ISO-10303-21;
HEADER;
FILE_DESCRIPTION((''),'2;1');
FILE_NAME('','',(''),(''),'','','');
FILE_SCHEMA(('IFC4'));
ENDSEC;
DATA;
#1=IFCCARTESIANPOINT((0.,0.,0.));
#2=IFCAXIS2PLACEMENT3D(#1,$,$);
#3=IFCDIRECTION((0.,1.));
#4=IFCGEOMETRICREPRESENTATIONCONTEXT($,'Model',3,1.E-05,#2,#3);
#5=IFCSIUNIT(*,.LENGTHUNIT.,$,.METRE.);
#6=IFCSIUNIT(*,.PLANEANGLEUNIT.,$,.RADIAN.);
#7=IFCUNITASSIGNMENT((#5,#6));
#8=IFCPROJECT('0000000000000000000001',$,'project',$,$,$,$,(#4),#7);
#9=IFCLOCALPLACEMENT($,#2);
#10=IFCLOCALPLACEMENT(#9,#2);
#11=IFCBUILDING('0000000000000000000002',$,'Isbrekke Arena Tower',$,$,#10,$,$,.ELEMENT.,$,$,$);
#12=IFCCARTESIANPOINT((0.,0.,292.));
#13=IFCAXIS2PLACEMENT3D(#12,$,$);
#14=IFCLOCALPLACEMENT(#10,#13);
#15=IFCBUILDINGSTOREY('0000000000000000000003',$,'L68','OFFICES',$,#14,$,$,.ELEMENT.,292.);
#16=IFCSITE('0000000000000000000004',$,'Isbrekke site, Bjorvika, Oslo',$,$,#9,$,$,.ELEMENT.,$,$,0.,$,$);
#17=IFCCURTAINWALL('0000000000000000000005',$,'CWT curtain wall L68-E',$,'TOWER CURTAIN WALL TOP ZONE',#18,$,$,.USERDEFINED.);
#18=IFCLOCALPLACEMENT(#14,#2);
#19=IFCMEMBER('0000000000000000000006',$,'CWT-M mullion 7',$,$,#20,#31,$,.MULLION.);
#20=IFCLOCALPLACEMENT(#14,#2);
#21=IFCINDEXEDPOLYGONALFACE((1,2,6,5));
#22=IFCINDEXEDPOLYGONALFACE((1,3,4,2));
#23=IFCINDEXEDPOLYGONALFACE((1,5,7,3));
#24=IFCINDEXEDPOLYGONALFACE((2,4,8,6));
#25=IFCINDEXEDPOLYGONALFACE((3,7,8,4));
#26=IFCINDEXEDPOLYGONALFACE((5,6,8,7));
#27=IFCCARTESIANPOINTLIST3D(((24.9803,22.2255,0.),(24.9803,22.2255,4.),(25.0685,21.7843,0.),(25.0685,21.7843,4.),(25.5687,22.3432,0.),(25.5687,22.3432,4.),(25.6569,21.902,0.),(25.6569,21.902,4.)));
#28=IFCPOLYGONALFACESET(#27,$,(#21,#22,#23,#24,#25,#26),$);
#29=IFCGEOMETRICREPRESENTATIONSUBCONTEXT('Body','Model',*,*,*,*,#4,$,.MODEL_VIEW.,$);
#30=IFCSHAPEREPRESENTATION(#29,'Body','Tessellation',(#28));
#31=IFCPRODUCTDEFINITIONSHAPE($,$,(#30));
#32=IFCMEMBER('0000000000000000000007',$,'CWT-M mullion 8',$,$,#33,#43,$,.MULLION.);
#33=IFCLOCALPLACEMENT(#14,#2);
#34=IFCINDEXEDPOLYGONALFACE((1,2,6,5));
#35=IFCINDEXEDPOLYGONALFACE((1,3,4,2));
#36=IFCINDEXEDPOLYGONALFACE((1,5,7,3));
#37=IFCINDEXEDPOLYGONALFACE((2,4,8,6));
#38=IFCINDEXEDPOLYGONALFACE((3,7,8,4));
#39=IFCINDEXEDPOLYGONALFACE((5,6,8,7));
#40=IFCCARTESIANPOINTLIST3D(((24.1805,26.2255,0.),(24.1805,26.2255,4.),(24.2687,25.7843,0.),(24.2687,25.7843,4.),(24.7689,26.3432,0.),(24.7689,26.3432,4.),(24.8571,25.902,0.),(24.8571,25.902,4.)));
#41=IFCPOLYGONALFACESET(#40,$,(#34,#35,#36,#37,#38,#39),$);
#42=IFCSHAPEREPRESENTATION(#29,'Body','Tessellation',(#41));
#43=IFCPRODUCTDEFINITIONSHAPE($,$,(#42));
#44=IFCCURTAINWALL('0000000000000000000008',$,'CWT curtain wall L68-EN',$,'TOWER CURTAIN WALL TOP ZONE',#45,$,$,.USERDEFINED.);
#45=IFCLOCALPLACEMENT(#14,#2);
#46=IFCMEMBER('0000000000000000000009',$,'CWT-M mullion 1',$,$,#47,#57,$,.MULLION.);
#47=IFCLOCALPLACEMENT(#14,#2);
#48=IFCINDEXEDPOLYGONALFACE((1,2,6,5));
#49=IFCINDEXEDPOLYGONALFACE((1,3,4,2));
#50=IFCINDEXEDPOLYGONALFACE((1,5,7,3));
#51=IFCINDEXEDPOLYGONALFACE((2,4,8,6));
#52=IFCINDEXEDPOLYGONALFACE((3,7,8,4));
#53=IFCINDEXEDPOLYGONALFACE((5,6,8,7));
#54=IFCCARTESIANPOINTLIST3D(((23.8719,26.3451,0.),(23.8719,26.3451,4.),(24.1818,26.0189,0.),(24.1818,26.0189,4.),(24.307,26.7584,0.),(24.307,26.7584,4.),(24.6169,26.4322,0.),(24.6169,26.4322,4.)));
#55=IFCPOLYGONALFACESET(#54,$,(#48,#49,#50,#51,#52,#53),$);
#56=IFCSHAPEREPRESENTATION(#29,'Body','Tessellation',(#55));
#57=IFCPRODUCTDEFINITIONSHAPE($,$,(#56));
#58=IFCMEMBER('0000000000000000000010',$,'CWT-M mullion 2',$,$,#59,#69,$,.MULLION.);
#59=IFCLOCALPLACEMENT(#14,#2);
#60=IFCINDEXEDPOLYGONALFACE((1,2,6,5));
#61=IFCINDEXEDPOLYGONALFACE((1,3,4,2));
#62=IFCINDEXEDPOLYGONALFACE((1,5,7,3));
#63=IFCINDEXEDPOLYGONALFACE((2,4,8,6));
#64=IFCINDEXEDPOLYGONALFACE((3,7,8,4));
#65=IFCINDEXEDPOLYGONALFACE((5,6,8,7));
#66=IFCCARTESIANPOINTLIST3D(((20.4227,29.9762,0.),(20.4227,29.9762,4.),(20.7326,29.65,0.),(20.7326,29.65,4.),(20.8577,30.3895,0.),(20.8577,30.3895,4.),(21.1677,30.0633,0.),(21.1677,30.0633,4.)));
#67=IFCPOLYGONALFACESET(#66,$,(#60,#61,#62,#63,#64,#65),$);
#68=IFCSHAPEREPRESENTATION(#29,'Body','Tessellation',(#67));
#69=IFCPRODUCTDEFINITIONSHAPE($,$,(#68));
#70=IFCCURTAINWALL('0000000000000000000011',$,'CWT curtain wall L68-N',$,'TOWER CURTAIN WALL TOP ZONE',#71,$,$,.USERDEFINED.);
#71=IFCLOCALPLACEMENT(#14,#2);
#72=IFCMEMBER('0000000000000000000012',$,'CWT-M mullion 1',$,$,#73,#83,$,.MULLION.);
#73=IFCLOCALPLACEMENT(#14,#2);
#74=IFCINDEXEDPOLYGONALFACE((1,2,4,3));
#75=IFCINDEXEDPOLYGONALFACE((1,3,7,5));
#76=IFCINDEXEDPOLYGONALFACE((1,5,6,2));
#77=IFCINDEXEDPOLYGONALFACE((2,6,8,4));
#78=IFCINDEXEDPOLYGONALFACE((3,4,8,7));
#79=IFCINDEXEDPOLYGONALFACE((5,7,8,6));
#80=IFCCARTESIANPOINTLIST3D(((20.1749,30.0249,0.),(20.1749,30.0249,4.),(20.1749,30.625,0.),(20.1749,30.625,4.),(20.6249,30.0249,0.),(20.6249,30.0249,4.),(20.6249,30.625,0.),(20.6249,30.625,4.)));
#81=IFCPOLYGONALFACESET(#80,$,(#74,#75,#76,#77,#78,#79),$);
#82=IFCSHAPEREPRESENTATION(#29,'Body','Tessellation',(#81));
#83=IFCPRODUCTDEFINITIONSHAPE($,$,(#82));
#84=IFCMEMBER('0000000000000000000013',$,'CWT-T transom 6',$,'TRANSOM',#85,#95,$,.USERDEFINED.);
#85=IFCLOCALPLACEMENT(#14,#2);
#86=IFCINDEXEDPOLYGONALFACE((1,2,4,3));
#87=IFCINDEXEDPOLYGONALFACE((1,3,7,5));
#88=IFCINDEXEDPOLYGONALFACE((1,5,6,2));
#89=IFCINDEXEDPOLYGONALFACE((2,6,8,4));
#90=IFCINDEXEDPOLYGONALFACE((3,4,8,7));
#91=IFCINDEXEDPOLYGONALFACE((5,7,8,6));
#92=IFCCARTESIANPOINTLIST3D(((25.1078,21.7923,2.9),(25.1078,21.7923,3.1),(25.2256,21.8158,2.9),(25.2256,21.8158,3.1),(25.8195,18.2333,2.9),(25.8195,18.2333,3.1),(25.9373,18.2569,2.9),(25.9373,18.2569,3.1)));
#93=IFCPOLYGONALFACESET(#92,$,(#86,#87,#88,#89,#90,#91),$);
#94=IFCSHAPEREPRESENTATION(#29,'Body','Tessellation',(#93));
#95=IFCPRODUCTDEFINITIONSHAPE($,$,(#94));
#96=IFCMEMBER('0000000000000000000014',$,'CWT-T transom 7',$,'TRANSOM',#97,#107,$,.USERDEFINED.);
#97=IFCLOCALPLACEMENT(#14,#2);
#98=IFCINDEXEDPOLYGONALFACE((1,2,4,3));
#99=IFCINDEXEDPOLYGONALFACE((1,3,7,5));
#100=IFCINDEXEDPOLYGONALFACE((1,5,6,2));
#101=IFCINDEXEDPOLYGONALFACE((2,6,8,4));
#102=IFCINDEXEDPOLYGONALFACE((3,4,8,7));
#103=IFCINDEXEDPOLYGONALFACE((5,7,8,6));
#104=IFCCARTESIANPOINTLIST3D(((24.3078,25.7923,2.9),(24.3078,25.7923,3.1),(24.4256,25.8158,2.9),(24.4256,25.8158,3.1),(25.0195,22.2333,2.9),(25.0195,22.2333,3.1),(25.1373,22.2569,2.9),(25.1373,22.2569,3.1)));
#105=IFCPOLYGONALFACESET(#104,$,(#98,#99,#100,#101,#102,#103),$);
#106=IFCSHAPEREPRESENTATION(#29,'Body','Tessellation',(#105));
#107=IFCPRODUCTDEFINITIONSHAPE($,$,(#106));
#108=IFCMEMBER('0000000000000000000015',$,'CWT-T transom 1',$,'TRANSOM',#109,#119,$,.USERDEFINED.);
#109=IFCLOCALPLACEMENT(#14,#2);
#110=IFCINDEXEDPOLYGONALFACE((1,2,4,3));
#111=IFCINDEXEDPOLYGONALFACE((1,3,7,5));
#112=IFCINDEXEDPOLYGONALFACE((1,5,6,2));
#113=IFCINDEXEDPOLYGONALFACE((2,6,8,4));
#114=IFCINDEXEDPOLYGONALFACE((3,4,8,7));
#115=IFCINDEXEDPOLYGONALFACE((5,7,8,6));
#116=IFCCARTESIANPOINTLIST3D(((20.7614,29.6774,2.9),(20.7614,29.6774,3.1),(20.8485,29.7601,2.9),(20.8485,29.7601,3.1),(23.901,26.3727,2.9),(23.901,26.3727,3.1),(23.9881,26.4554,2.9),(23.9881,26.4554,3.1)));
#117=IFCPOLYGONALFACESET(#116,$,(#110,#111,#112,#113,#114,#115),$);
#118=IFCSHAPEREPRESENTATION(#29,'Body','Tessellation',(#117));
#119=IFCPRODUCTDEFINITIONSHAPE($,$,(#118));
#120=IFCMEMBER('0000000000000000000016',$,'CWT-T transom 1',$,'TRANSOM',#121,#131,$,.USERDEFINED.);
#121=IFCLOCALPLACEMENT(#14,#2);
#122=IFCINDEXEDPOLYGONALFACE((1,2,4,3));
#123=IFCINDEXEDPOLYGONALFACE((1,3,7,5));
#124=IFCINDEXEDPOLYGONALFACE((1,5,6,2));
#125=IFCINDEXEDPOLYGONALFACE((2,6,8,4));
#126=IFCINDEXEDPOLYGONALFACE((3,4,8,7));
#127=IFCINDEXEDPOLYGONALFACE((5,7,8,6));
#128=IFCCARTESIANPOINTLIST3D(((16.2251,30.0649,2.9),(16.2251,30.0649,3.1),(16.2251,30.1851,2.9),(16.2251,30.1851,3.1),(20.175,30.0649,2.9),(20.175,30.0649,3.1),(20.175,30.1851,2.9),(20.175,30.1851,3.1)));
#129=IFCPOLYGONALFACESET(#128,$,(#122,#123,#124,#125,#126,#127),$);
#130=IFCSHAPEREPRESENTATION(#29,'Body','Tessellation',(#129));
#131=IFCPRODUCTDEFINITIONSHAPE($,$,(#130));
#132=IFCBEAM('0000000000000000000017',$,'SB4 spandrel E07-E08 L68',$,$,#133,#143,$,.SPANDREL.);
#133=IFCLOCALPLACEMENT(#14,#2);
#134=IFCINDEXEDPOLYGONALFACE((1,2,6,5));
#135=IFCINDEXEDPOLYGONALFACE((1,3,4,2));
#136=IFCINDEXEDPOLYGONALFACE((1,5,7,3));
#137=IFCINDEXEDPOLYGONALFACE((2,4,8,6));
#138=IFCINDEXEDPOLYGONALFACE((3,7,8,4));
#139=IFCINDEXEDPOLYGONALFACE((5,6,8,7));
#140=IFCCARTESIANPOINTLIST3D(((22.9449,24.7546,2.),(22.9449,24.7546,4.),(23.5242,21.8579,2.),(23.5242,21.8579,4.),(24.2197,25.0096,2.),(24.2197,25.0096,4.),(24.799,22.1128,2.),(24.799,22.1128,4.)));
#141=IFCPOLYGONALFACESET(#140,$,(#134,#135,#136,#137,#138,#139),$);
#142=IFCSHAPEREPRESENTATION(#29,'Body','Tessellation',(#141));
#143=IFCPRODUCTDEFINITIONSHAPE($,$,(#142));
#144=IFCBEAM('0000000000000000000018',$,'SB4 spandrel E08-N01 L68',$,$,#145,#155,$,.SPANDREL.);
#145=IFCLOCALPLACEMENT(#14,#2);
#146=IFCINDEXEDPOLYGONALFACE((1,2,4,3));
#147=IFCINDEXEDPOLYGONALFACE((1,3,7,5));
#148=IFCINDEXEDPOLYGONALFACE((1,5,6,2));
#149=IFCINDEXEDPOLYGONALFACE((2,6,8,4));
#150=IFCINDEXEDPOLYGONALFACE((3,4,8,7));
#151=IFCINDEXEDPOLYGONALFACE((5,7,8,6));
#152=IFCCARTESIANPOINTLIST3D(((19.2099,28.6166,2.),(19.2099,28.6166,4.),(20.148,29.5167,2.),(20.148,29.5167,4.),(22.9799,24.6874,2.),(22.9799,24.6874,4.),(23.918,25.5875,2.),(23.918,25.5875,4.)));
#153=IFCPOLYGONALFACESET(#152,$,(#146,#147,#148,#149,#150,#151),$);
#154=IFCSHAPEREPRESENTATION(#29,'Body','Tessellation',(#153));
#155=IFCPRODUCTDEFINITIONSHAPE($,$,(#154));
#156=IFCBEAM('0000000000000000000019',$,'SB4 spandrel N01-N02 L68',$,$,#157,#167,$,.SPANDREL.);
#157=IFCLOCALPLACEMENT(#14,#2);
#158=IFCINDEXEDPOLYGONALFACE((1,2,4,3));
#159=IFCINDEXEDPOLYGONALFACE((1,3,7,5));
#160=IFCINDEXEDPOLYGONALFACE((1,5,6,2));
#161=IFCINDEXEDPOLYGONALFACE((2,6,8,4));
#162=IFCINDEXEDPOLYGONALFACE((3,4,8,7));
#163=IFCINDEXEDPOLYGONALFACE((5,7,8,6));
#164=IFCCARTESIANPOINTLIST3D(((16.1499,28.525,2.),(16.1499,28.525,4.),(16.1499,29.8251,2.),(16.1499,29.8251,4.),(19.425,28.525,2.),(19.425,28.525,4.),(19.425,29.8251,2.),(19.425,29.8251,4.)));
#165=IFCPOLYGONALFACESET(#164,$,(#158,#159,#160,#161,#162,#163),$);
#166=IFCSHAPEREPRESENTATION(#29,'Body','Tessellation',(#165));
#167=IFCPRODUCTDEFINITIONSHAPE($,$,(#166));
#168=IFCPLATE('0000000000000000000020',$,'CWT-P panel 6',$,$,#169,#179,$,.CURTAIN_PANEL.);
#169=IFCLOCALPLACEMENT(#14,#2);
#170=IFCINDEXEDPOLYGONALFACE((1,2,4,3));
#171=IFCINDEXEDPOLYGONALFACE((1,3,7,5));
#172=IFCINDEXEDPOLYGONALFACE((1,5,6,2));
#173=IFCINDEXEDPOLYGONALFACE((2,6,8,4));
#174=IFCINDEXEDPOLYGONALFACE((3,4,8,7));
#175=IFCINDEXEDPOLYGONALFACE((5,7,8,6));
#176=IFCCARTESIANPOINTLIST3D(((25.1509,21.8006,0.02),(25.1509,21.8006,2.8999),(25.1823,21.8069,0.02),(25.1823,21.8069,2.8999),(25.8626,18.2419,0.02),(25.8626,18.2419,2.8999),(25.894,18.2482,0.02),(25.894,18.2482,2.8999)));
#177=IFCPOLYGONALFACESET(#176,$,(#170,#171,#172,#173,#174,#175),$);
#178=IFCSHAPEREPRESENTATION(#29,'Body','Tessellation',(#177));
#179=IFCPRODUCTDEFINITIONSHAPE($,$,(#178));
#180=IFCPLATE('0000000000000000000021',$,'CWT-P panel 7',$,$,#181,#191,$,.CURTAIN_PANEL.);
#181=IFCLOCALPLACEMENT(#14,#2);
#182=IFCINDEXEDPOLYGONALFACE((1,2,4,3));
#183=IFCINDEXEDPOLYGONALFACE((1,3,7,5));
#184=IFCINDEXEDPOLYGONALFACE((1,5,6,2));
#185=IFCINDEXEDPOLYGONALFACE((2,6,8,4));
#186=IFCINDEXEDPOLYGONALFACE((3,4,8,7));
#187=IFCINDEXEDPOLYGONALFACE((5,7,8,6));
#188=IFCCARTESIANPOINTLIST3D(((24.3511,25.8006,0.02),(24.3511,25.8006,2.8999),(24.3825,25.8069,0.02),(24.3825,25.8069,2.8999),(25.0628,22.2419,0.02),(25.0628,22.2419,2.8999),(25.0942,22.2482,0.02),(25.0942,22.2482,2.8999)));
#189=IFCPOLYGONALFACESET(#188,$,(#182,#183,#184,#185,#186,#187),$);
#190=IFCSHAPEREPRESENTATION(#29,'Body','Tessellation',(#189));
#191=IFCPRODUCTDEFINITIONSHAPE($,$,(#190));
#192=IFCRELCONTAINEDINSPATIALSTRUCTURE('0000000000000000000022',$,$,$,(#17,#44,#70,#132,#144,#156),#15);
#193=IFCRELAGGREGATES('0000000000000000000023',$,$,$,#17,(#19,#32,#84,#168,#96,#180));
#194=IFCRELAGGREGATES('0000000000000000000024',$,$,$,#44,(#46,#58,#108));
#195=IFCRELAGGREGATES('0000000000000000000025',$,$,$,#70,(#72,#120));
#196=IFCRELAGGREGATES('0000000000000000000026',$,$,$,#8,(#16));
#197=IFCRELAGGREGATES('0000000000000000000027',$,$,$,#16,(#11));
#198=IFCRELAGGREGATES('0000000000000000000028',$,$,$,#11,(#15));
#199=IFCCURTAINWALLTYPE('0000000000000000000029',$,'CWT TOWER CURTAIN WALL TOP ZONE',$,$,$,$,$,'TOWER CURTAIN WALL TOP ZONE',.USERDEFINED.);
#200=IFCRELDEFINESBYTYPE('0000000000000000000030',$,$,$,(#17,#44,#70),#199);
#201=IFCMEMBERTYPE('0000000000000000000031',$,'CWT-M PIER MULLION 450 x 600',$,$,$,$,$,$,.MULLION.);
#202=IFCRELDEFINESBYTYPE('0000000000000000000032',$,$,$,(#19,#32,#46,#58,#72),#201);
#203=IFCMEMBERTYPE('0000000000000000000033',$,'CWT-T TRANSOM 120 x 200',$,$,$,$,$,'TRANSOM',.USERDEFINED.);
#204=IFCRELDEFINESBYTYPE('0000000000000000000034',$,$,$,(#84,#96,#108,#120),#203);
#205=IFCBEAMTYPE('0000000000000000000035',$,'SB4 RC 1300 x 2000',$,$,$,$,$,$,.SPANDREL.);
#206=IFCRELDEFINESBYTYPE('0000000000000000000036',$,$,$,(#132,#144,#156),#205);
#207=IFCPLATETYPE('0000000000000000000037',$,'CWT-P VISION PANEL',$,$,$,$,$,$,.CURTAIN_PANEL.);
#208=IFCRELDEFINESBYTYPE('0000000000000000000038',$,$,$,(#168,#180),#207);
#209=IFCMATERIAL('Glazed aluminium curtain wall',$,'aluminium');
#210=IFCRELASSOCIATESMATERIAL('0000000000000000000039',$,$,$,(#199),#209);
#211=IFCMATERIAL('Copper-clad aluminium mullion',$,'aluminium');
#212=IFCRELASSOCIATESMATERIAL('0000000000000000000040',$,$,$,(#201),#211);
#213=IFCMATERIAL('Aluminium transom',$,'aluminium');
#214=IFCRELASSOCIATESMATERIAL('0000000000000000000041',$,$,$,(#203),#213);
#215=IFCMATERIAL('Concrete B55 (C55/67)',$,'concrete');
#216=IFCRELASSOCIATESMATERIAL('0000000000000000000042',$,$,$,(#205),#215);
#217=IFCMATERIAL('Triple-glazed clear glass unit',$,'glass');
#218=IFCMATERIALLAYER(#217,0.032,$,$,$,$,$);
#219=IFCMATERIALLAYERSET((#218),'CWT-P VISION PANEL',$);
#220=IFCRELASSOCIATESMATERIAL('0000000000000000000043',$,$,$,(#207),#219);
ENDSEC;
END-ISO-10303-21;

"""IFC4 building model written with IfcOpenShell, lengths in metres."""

from ifc_helpers import new_model, si_unit, direction, frame, origin, origin_2d, place, context, subcontext, project, spatial, rectangle, extrude, material, layer, layer_set, material_profile, profile_set, type_object, element, aggregate, save


model = new_model("IFC4")

# Units and contexts
model_context = context("Model", 3, precision=1e-05, world=origin(), true_north=direction((0.0, 1.0)))
body_context = subcontext(model_context, "Body", "Model", "MODEL_VIEW")
ifc_project = project(units=[si_unit("LENGTHUNIT", "METRE"), si_unit("PLANEANGLEUNIT", "RADIAN")], contexts=[model_context])

# Site, building, storey
site_placement = place(None, origin())
site = spatial("IfcSite", under=ifc_project, at=site_placement, Name="Isbrekke site, Bjorvika, Oslo", CompositionType="ELEMENT", RefElevation=0.0)
building_placement = place(site_placement, origin())
building = spatial("IfcBuilding", under=site, at=building_placement, Name="Isbrekke Arena Tower", CompositionType="ELEMENT")
storey_placement = place(building_placement, frame((0.0, 0.0, 292.0)))
storey = spatial("IfcBuildingStorey", under=building, at=storey_placement, Name="L68", Description="OFFICES", CompositionType="ELEMENT", Elevation=292.0)

# Curtain walls, members
ifc_material_1 = material(Name="Glazed aluminium curtain wall", Category="aluminium")
curtain_wall_type = type_object("IfcCurtainWallType", Name="CWT TOWER CURTAIN WALL TOP ZONE", ElementType="TOWER CURTAIN WALL TOP ZONE", PredefinedType="USERDEFINED", material=ifc_material_1)
curtain_wall_1_placement = place(storey_placement, origin())
curtain_wall_1 = element("IfcCurtainWall", 1, at=curtain_wall_1_placement, inside=storey, type_object=curtain_wall_type, Name="CWT curtain wall L68-E", ObjectType="TOWER CURTAIN WALL TOP ZONE", PredefinedType="USERDEFINED")
ifc_material_2 = material(Name="Copper-clad aluminium mullion", Category="aluminium")
ifc_material_profile_1 = material_profile(ifc_material_2, rectangle(XDim=0.45, YDim=0.6001, at=origin_2d()), Name="PIER 450X600")
ifc_profile_set_1 = profile_set([ifc_material_profile_1], Name="Copper-clad aluminium mullion")
member_type_1 = type_object("IfcMemberType", Name="CWT-M PIER MULLION 450 x 600", PredefinedType="MULLION", material=ifc_profile_set_1)
member_1_placement = place(storey_placement, frame((25.3186, 22.0637, 0.0), z_axis=(0.0, 0.0, 1.0), x_axis=(-0.196116, 0.980581, 0.0)))
member_1 = element("IfcMember", 2, at=member_1_placement, type_object=member_type_1, Name="CWT-M mullion 7", PredefinedType="MULLION", context=body_context, shape_type="SweptSolid", body=[
    extrude(rectangle(XDim=0.45, YDim=0.6001, at=origin_2d()), origin(), (0.0, 0.0, 1.0), 4.0),
])
member_2_placement = place(storey_placement, frame((24.5188, 26.0637, 0.0), z_axis=(0.0, 0.0, 1.0), x_axis=(-0.196116, 0.980581, 0.0)))
member_2 = element("IfcMember", 3, at=member_2_placement, type_object=member_type_1, Name="CWT-M mullion 8", PredefinedType="MULLION", context=body_context, shape_type="SweptSolid", body=[
    extrude(rectangle(XDim=0.45, YDim=0.6001, at=origin_2d()), origin(), (0.0, 0.0, 1.0), 4.0),
])
curtain_wall_2_placement = place(storey_placement, origin())
curtain_wall_2 = element("IfcCurtainWall", 4, at=curtain_wall_2_placement, inside=storey, type_object=curtain_wall_type, Name="CWT curtain wall L68-EN", ObjectType="TOWER CURTAIN WALL TOP ZONE", PredefinedType="USERDEFINED")
member_3_placement = place(storey_placement, frame((24.2444, 26.3887, 0.0), z_axis=(0.0, 0.0, 1.0), x_axis=(-0.688749, 0.724999, 0.0)))
member_3 = element("IfcMember", 5, at=member_3_placement, type_object=member_type_1, Name="CWT-M mullion 1", PredefinedType="MULLION", context=body_context, shape_type="SweptSolid", body=[
    extrude(rectangle(XDim=0.45, YDim=0.6001, at=origin_2d()), origin(), (0.0, 0.0, 1.0), 4.0),
])
member_4_placement = place(storey_placement, frame((20.7952, 30.0198, 0.0), z_axis=(0.0, 0.0, 1.0), x_axis=(-0.688749, 0.724999, 0.0)))
member_4 = element("IfcMember", 6, at=member_4_placement, type_object=member_type_1, Name="CWT-M mullion 2", PredefinedType="MULLION", context=body_context, shape_type="SweptSolid", body=[
    extrude(rectangle(XDim=0.45, YDim=0.6001, at=origin_2d()), origin(), (0.0, 0.0, 1.0), 4.0),
])

# Curtain wall, member
curtain_wall_3_placement = place(storey_placement, origin())
curtain_wall_3 = element("IfcCurtainWall", 7, at=curtain_wall_3_placement, inside=storey, type_object=curtain_wall_type, Name="CWT curtain wall L68-N", ObjectType="TOWER CURTAIN WALL TOP ZONE", PredefinedType="USERDEFINED")
member_5_placement = place(storey_placement, frame((20.3999, 30.325, 0.0), z_axis=(0.0, 0.0, 1.0), x_axis=(-1.0, 0.0, 0.0)))
member_5 = element("IfcMember", 8, at=member_5_placement, type_object=member_type_1, Name="CWT-M mullion 1", PredefinedType="MULLION", context=body_context, shape_type="SweptSolid", body=[
    extrude(rectangle(XDim=0.45, YDim=0.6001, at=origin_2d()), origin(), (0.0, 0.0, 1.0), 4.0),
])

# Members
ifc_material_3 = material(Name="Aluminium transom", Category="aluminium")
ifc_material_profile_2 = material_profile(ifc_material_3, rectangle(XDim=0.1201, YDim=0.2, at=origin_2d()), Name="TRANSOM 120X200")
ifc_profile_set_2 = profile_set([ifc_material_profile_2], Name="Aluminium transom")
member_type_2 = type_object("IfcMemberType", Name="CWT-T TRANSOM 120 x 200", ElementType="TRANSOM", PredefinedType="USERDEFINED", material=ifc_profile_set_2)
member_6_placement = place(storey_placement, frame((25.8784, 18.2451, 3.0), z_axis=(-0.19609, 0.980586, 0.0), x_axis=(-0.980586, -0.19609, 0.0)))
member_6 = element("IfcMember", 9, at=member_6_placement, type_object=member_type_2, Name="CWT-T transom 6", ObjectType="TRANSOM", PredefinedType="USERDEFINED", context=body_context, shape_type="SweptSolid", body=[
    extrude(rectangle(XDim=0.1201, YDim=0.2, at=origin_2d()), origin(), (0.0, 0.0, 1.0), 3.6294),
])
member_7_placement = place(storey_placement, frame((25.0784, 22.2451, 3.0), z_axis=(-0.19609, 0.980586, 0.0), x_axis=(-0.980586, -0.19609, 0.0)))
member_7 = element("IfcMember", 10, at=member_7_placement, type_object=member_type_2, Name="CWT-T transom 7", ObjectType="TRANSOM", PredefinedType="USERDEFINED", context=body_context, shape_type="SweptSolid", body=[
    extrude(rectangle(XDim=0.1201, YDim=0.2, at=origin_2d()), origin(), (0.0, 0.0, 1.0), 3.6294),
])
member_8_placement = place(storey_placement, frame((23.9446, 26.4141, 3.0), z_axis=(-0.688772, 0.724978, 0.0), x_axis=(-0.724978, -0.688772, 0.0)))
member_8 = element("IfcMember", 11, at=member_8_placement, type_object=member_type_2, Name="CWT-T transom 1", ObjectType="TRANSOM", PredefinedType="USERDEFINED", context=body_context, shape_type="SweptSolid", body=[
    extrude(rectangle(XDim=0.1201, YDim=0.2, at=origin_2d()), origin(), (0.0, 0.0, 1.0), 4.5583),
])
member_9_placement = place(storey_placement, frame((20.175, 30.125, 3.0), z_axis=(-1.0, 0.0, 0.0), x_axis=(0.0, -1.0, 0.0)))
member_9 = element("IfcMember", 12, at=member_9_placement, type_object=member_type_2, Name="CWT-T transom 1", ObjectType="TRANSOM", PredefinedType="USERDEFINED", context=body_context, shape_type="SweptSolid", body=[
    extrude(rectangle(XDim=0.1201, YDim=0.2, at=origin_2d()), origin(), (0.0, 0.0, 1.0), 3.95),
])

# Beams
ifc_material_4 = material(Name="Concrete B55 (C55/67)", Category="concrete")
ifc_material_profile_3 = material_profile(ifc_material_4, rectangle(XDim=1.3, YDim=2.0, at=origin_2d()), Name="RC 1300x2000")
ifc_profile_set_3 = profile_set([ifc_material_profile_3], Name="Concrete B55 (C55/67)")
beam_type_1 = type_object("IfcBeamType", Name="SB4 RC 1300 x 2000", PredefinedType="SPANDREL", material=ifc_profile_set_3)
beam_1_placement = place(storey_placement, frame((24.1616, 21.9854, 3.0), z_axis=(-0.196116, 0.980581, 0.0), x_axis=(-0.980581, -0.196116, 0.0)))
element("IfcBeam", 13, at=beam_1_placement, inside=storey, type_object=beam_type_1, Name="SB4 spandrel E07-E08 L68", PredefinedType="SPANDREL", context=body_context, shape_type="SweptSolid", body=[
    extrude(rectangle(XDim=1.3, YDim=2.0, at=origin_2d()), origin(), (0.0, 0.0, 1.0), 2.9541),
])
beam_2_placement = place(storey_placement, frame((23.449, 25.1375, 3.0), z_axis=(-0.69234, 0.721572, 0.0), x_axis=(-0.721572, -0.69234, 0.0)))
element("IfcBeam", 14, at=beam_2_placement, inside=storey, type_object=beam_type_1, Name="SB4 spandrel E08-N01 L68", PredefinedType="SPANDREL", context=body_context, shape_type="SweptSolid", body=[
    extrude(rectangle(XDim=1.3, YDim=2.0, at=origin_2d()), origin(), (0.0, 0.0, 1.0), 5.4453),
])
beam_3_placement = place(storey_placement, frame((19.425, 29.175, 3.0), z_axis=(-1.0, 0.0, 0.0), x_axis=(0.0, -1.0, 0.0)))
element("IfcBeam", 15, at=beam_3_placement, inside=storey, type_object=beam_type_1, Name="SB4 spandrel N01-N02 L68", PredefinedType="SPANDREL", context=body_context, shape_type="SweptSolid", body=[
    extrude(rectangle(XDim=1.3, YDim=2.0, at=origin_2d()), origin(), (0.0, 0.0, 1.0), 3.2751),
])

# Plates
ifc_material_5 = material(Name="Triple-glazed clear glass unit", Category="glass")
ifc_layer_1 = layer(ifc_material_5, 0.032)
ifc_layer_set_1 = layer_set([ifc_layer_1], Name="CWT-P VISION PANEL")
plate_type = type_object("IfcPlateType", Name="CWT-P VISION PANEL", PredefinedType="CURTAIN_PANEL", material=ifc_layer_set_1)
plate_1_placement = place(storey_placement, frame((25.5225, 20.0244, 0.02), z_axis=(0.0, 0.0, 1.0), x_axis=(-0.196116, 0.980581, 0.0)))
plate_1 = element("IfcPlate", 16, at=plate_1_placement, type_object=plate_type, Name="CWT-P panel 6", PredefinedType="CURTAIN_PANEL", context=body_context, shape_type="SweptSolid", body=[
    extrude(rectangle(XDim=3.6292, YDim=0.032, at=origin_2d()), origin(), (0.0, 0.0, 1.0), 2.8799),
])
plate_2_placement = place(storey_placement, frame((24.7227, 24.0244, 0.02), z_axis=(0.0, 0.0, 1.0), x_axis=(-0.196116, 0.980581, 0.0)))
plate_2 = element("IfcPlate", 17, at=plate_2_placement, type_object=plate_type, Name="CWT-P panel 7", PredefinedType="CURTAIN_PANEL", context=body_context, shape_type="SweptSolid", body=[
    extrude(rectangle(XDim=3.6292, YDim=0.032, at=origin_2d()), origin(), (0.0, 0.0, 1.0), 2.8799),
])
aggregate(curtain_wall_1, [member_1, member_2, member_6, plate_1, member_7, plate_2])
aggregate(curtain_wall_2, [member_3, member_4, member_8])
aggregate(curtain_wall_3, [member_5, member_9])

save(model, "model.ifc")
